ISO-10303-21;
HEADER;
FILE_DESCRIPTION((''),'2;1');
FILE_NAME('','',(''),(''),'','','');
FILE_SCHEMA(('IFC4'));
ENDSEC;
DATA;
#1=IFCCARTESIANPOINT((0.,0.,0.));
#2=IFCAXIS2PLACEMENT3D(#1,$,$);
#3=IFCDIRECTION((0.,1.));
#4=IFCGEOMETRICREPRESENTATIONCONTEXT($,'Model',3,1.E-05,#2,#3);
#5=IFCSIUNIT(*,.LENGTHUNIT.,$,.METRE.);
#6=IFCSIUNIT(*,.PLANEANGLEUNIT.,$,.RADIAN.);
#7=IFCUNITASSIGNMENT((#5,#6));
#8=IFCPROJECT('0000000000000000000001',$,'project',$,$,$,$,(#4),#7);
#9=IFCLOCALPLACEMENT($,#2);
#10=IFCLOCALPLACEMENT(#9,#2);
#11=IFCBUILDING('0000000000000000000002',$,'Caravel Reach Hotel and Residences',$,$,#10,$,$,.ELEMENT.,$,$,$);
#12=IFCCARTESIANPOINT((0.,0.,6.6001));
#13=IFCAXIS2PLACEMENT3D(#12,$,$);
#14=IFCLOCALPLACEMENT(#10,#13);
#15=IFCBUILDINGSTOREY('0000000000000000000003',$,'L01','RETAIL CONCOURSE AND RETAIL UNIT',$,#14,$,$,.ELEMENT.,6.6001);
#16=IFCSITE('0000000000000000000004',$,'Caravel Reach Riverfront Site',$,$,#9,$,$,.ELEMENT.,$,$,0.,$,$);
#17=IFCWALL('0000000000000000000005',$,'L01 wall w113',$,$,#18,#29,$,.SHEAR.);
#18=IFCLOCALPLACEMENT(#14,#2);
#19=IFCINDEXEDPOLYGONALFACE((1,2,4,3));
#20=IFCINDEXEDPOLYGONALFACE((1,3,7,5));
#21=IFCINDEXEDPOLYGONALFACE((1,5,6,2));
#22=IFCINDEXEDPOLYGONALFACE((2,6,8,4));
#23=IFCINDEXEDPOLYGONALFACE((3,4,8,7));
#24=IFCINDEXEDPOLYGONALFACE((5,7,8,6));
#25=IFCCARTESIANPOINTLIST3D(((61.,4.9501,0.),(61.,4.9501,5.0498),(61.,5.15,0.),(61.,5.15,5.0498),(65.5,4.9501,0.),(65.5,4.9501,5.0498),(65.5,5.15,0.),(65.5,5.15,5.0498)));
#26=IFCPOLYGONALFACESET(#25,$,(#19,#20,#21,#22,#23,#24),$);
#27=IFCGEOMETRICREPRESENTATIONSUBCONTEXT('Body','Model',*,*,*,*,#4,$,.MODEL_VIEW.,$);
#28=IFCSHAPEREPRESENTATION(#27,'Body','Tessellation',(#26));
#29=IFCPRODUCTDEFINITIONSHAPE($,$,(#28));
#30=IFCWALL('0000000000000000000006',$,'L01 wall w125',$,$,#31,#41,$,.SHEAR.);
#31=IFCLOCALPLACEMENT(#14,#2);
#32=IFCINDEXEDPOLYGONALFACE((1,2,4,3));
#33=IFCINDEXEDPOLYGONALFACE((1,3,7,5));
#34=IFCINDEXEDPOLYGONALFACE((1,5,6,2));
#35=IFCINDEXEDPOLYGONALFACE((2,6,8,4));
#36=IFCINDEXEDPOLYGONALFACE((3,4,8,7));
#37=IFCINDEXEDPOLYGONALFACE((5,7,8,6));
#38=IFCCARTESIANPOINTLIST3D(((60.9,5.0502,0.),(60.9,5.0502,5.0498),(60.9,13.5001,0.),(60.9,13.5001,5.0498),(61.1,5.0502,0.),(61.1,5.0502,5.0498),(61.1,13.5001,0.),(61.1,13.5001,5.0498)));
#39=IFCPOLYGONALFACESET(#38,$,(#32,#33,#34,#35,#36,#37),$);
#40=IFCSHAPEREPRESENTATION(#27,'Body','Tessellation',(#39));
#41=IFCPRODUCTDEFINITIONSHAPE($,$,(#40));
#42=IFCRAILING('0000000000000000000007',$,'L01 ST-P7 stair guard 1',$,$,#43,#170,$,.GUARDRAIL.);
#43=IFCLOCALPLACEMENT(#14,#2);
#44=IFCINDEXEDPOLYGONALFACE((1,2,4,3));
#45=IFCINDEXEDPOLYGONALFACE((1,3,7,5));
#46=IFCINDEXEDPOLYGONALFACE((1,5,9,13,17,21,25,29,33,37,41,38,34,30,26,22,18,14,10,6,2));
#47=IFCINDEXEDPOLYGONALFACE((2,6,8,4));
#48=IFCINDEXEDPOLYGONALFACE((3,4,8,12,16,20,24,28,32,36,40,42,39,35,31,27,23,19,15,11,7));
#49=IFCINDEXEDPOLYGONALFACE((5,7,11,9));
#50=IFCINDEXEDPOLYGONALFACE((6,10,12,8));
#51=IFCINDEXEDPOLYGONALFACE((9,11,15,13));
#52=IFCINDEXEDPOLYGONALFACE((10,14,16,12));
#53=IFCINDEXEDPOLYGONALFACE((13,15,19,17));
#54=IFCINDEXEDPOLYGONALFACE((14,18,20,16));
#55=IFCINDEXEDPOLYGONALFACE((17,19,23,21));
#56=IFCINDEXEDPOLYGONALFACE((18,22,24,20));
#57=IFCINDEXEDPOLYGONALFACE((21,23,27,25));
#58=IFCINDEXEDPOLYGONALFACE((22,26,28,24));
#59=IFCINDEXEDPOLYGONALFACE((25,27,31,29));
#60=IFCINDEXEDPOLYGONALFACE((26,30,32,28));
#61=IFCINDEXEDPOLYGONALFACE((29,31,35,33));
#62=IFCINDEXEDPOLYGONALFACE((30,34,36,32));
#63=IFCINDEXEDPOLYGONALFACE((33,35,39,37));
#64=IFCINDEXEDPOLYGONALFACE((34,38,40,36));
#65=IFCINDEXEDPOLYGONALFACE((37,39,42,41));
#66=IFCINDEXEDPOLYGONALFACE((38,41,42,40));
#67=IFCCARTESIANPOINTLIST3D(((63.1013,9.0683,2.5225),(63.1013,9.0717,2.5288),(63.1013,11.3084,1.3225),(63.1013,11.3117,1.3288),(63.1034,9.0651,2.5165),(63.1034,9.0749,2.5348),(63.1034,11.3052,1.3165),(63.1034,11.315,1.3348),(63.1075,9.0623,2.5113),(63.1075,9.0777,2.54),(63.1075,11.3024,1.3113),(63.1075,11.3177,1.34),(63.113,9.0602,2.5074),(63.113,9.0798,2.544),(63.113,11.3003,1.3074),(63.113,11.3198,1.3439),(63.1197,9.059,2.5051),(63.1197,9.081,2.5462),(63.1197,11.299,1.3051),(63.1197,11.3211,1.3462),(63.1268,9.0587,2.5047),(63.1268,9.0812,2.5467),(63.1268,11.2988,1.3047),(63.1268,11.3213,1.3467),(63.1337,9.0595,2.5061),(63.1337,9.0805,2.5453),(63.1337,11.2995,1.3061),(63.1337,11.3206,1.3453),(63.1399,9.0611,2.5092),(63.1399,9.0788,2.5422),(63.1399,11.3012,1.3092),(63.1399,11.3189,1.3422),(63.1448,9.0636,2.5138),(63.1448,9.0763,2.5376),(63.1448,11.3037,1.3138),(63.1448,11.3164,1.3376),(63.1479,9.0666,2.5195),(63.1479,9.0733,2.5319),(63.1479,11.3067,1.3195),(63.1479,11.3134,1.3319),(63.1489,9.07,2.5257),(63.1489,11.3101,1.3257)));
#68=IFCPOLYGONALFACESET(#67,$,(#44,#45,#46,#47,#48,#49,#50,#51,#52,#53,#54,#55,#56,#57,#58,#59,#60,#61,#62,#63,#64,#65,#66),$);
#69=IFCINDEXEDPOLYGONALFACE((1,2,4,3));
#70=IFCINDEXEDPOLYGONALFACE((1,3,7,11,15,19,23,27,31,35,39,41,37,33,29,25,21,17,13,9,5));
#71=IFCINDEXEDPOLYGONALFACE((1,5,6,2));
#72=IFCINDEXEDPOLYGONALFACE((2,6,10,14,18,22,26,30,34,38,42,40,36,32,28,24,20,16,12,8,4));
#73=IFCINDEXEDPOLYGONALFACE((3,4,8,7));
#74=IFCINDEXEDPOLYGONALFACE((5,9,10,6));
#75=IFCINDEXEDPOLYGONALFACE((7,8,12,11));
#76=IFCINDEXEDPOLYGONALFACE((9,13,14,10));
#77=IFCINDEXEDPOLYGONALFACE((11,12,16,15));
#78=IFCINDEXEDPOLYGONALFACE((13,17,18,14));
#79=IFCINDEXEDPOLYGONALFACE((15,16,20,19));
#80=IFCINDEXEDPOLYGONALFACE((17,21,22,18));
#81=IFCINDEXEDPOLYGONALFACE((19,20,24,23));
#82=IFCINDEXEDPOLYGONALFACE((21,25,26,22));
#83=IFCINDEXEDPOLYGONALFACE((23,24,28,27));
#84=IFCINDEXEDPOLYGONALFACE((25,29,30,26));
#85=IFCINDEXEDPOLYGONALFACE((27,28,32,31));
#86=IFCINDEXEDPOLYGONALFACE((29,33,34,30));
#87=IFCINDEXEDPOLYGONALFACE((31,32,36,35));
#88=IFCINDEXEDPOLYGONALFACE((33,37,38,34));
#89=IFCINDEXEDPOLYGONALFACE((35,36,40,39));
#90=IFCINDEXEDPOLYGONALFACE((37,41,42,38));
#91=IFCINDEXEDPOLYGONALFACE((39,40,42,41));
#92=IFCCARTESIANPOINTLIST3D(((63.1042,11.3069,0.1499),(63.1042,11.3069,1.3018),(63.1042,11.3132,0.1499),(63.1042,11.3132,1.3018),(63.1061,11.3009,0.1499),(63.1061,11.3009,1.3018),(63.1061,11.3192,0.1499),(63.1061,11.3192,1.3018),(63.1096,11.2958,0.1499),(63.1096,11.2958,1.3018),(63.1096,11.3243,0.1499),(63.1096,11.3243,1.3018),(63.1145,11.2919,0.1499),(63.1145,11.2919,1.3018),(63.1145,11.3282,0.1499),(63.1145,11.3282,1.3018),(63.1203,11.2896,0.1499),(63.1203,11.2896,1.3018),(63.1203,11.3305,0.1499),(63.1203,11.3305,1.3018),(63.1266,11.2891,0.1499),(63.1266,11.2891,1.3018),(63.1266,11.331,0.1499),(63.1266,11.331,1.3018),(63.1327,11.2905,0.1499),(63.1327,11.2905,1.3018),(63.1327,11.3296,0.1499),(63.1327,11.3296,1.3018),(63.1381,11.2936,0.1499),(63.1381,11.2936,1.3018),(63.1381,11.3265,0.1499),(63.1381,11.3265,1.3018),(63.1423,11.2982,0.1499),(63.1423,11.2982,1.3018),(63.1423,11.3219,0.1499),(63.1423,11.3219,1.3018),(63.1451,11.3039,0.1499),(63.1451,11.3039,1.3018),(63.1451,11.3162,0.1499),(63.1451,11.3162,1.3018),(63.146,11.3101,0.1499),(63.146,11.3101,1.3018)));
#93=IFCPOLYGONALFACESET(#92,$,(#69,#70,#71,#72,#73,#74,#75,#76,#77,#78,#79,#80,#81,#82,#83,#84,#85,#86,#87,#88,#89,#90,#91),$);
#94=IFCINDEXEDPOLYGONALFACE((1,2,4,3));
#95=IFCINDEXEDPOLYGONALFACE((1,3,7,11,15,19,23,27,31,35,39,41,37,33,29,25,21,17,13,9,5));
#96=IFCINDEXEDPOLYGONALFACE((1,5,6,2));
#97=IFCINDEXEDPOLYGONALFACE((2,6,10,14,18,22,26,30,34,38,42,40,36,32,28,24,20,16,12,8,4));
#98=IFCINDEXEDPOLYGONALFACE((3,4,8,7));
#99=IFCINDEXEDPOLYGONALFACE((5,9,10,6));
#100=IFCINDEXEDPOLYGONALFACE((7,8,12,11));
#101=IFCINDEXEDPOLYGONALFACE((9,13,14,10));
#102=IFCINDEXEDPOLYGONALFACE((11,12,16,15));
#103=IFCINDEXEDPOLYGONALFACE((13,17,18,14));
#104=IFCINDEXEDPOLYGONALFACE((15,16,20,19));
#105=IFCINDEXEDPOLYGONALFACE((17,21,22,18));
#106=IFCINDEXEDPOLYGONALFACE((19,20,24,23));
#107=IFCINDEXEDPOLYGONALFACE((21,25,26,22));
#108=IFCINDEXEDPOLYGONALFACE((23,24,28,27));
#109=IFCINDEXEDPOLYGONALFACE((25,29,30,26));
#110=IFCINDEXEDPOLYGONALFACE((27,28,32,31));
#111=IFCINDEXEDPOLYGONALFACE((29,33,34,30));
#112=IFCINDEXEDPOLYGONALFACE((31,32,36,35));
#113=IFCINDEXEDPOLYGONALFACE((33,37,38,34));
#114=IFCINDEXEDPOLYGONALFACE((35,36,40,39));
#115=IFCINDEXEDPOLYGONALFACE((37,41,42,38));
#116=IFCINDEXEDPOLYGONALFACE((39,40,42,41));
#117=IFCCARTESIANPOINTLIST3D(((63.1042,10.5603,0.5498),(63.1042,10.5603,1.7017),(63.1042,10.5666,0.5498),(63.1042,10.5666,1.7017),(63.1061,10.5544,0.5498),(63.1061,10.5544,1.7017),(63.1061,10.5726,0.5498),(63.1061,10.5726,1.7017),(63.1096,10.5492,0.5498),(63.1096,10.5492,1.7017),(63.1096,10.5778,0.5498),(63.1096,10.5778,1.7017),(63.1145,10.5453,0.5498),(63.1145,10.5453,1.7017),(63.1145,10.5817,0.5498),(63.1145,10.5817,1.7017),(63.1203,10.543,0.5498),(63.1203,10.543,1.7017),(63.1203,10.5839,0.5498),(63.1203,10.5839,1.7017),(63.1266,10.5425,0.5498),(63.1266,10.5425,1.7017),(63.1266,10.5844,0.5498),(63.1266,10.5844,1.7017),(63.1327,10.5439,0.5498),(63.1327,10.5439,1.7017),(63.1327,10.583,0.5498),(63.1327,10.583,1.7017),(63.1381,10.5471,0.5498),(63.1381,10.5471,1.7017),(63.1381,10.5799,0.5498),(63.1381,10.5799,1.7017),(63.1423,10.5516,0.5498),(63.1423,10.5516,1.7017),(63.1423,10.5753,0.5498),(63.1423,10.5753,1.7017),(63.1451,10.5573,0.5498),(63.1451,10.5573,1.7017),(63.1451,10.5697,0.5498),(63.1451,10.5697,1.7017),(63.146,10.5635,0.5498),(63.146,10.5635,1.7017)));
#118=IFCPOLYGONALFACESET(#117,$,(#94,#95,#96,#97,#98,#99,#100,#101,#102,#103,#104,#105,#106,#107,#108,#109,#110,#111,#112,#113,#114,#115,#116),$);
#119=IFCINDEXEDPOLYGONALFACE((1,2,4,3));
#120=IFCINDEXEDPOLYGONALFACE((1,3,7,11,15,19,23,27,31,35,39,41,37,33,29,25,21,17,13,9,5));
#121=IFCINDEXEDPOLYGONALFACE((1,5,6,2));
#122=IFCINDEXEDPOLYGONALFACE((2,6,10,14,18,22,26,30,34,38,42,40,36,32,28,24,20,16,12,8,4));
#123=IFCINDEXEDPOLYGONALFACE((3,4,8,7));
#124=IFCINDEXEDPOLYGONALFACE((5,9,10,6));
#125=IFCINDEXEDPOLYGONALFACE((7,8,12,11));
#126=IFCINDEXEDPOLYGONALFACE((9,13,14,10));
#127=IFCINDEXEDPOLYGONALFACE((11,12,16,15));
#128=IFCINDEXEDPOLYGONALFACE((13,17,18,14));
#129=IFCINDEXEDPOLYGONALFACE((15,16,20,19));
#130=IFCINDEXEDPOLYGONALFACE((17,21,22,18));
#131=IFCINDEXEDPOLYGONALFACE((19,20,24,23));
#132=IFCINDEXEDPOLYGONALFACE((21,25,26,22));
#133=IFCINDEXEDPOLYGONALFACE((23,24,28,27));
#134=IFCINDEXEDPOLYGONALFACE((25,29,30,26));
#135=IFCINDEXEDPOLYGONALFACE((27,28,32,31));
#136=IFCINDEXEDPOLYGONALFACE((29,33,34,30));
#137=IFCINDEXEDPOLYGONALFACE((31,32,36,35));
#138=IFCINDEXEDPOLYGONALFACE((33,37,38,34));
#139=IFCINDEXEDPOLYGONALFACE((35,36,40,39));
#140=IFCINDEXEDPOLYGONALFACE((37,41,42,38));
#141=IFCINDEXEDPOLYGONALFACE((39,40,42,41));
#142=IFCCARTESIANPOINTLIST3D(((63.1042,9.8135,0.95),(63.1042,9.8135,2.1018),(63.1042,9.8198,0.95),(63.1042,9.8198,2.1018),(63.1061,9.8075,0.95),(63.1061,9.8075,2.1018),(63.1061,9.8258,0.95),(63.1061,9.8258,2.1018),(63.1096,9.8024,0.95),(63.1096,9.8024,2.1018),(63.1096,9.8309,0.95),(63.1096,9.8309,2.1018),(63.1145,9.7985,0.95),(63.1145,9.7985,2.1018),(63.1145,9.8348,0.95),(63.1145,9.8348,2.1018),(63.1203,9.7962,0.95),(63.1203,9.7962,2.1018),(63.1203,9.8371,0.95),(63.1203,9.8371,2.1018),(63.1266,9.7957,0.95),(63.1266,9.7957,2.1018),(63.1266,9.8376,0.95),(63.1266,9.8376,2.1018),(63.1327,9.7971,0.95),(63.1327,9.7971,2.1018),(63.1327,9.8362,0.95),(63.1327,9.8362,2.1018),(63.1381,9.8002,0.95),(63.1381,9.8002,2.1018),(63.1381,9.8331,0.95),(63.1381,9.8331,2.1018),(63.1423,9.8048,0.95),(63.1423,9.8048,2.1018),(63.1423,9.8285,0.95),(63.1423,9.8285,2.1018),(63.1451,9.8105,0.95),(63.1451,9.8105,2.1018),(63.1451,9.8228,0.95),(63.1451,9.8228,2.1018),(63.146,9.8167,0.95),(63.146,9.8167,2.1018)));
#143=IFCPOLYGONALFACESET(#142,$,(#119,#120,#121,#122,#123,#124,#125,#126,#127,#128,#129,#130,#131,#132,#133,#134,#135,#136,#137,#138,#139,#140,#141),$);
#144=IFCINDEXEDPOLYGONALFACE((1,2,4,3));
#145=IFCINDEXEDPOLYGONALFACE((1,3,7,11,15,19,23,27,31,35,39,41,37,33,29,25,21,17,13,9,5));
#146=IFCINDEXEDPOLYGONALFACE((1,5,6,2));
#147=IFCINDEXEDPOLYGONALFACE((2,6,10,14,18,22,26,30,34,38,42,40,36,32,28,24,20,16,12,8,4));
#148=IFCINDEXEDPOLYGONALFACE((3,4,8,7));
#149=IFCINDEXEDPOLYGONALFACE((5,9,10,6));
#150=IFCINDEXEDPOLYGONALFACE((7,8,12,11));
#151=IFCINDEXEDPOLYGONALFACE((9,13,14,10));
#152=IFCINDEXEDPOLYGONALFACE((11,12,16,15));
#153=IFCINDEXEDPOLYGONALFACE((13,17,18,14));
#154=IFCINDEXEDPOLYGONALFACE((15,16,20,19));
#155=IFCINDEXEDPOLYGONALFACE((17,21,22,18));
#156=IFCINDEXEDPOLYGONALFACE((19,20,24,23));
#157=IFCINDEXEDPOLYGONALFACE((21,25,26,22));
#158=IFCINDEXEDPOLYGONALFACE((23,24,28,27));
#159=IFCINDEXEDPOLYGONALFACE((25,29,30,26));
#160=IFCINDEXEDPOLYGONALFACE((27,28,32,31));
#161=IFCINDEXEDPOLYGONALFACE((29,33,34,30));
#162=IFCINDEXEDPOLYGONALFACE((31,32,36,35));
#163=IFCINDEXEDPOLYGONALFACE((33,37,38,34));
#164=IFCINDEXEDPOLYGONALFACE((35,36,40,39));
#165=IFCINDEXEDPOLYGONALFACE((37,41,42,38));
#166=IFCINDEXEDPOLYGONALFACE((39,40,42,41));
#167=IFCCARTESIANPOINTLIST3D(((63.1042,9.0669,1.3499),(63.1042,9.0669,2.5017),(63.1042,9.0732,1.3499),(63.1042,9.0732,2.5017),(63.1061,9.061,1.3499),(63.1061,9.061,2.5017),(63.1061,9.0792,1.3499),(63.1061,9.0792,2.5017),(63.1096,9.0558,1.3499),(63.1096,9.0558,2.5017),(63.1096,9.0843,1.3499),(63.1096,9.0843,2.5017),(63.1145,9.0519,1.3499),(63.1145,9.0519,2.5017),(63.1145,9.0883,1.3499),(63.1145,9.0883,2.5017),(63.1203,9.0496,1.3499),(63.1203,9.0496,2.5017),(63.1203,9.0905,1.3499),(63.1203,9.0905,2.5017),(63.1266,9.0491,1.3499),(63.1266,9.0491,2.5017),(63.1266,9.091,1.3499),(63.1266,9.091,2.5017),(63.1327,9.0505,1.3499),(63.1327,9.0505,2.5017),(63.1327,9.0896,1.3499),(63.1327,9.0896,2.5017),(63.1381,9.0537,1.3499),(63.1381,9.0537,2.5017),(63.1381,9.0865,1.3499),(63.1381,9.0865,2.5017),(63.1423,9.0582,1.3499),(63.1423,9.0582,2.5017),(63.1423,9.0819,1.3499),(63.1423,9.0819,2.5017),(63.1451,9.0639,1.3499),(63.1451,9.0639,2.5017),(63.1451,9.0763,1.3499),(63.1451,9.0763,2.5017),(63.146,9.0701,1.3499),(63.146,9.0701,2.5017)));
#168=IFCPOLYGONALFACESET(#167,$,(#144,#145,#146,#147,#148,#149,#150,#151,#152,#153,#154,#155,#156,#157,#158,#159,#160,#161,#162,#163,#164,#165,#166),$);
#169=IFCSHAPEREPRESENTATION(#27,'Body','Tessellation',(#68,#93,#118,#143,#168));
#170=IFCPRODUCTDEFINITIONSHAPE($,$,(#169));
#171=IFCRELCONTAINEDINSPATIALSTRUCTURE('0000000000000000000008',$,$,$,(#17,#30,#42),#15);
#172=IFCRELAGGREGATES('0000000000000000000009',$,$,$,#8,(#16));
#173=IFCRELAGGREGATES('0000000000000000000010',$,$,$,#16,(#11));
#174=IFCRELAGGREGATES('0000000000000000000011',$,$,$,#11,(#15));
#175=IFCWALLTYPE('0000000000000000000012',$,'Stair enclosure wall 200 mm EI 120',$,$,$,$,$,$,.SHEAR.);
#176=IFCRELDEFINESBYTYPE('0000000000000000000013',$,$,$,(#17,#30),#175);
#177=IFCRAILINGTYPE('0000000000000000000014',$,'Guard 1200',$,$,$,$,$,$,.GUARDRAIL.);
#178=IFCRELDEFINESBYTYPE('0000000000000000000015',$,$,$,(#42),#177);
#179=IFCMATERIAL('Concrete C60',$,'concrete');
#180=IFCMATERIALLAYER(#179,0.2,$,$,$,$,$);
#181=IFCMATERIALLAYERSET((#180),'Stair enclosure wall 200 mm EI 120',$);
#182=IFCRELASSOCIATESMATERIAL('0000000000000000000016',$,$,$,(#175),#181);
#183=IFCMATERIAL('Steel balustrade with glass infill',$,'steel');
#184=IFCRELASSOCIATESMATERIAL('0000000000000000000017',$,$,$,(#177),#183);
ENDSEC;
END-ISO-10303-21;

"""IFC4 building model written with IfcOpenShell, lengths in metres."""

from ifc_helpers import new_model, si_unit, direction, frame, frame_2d, origin, origin_2d, place, context, subcontext, project, spatial, rectangle, circle, extrude, material, layer, layer_set, type_object, element, save


model = new_model("IFC4")

# Units and contexts
model_context = context("Model", 3, precision=1e-05, world=origin(), true_north=direction((0.0, 1.0)))
body_context = subcontext(model_context, "Body", "Model", "MODEL_VIEW")
ifc_project = project(units=[si_unit("LENGTHUNIT", "METRE"), si_unit("PLANEANGLEUNIT", "RADIAN")], contexts=[model_context])

# Site, building, storey
site_placement = place(None, origin())
site = spatial("IfcSite", under=ifc_project, at=site_placement, Name="Caravel Reach Riverfront Site", CompositionType="ELEMENT", RefElevation=0.0)
building_placement = place(site_placement, origin())
building = spatial("IfcBuilding", under=site, at=building_placement, Name="Caravel Reach Hotel and Residences", CompositionType="ELEMENT")
storey_placement = place(building_placement, frame((0.0, 0.0, 6.6001)))
storey = spatial("IfcBuildingStorey", under=building, at=storey_placement, Name="L01", Description="RETAIL CONCOURSE AND RETAIL UNIT", CompositionType="ELEMENT", Elevation=6.6001)

# Walls
ifc_material_1 = material(Name="Concrete C60", Category="concrete")
ifc_layer_1 = layer(ifc_material_1, 0.2)
ifc_layer_set_1 = layer_set([ifc_layer_1], Name="Stair enclosure wall 200 mm EI 120")
wall_type_1 = type_object("IfcWallType", Name="Stair enclosure wall 200 mm EI 120", PredefinedType="SHEAR", material=ifc_layer_set_1)
wall_1_placement = place(storey_placement, frame((61.0, 5.05, 0.0), z_axis=(0.0, 0.0, 1.0), x_axis=(1.0, 0.0, 0.0)))
element("IfcWall", 1, at=wall_1_placement, inside=storey, type_object=wall_type_1, Name="L01 wall w113", PredefinedType="SHEAR", context=body_context, shape_type="SweptSolid", body=[
    extrude(rectangle(XDim=4.5, YDim=0.2, at=frame_2d((2.25, 0.0))), origin(), (0.0, 0.0, 1.0), 5.0498),
])
wall_2_placement = place(storey_placement, frame((61.0, 5.05, 0.0), z_axis=(0.0, 0.0, 1.0), x_axis=(0.0, 1.0, 0.0)))
element("IfcWall", 2, at=wall_2_placement, inside=storey, type_object=wall_type_1, Name="L01 wall w125", PredefinedType="SHEAR", context=body_context, shape_type="SweptSolid", body=[
    extrude(rectangle(XDim=8.45, YDim=0.2, at=frame_2d((4.2251, 0.0))), origin(), (0.0, 0.0, 1.0), 5.0498),
])

# Railing
ifc_material_2 = material(Name="Steel balustrade with glass infill", Category="steel")
railing_type_1 = type_object("IfcRailingType", Name="Guard 1200", PredefinedType="GUARDRAIL", material=ifc_material_2)
railing_placement = place(storey_placement, frame((63.125, 11.3101, 0.1499)))
element("IfcRailing", 3, at=railing_placement, inside=storey, type_object=railing_type_1, Name="L01 ST-P7 stair guard 1", PredefinedType="GUARDRAIL", context=body_context, shape_type="SweptSolid", body=[
    extrude(circle(Radius=0.0239, at=origin_2d()), frame((0.0, 0.0, 1.1758), z_axis=(0.0, -0.881487, 0.472208), x_axis=(1.0, 0.0, 0.0)), (0.0, 0.0, 1.0), 2.5413),
    extrude(circle(Radius=0.021, at=origin_2d()), origin(), (0.0, 0.0, 1.0), 1.1519),
    extrude(circle(Radius=0.021, at=origin_2d()), frame((0.0, -0.7466, 0.3999)), (0.0, 0.0, 1.0), 1.1519),
    extrude(circle(Radius=0.021, at=origin_2d()), frame((0.0, -1.4934, 0.8)), (0.0, 0.0, 1.0), 1.1519),
    extrude(circle(Radius=0.021, at=origin_2d()), frame((0.0, -2.24, 1.2)), (0.0, 0.0, 1.0), 1.1519),
])

save(model, "model.ifc")
